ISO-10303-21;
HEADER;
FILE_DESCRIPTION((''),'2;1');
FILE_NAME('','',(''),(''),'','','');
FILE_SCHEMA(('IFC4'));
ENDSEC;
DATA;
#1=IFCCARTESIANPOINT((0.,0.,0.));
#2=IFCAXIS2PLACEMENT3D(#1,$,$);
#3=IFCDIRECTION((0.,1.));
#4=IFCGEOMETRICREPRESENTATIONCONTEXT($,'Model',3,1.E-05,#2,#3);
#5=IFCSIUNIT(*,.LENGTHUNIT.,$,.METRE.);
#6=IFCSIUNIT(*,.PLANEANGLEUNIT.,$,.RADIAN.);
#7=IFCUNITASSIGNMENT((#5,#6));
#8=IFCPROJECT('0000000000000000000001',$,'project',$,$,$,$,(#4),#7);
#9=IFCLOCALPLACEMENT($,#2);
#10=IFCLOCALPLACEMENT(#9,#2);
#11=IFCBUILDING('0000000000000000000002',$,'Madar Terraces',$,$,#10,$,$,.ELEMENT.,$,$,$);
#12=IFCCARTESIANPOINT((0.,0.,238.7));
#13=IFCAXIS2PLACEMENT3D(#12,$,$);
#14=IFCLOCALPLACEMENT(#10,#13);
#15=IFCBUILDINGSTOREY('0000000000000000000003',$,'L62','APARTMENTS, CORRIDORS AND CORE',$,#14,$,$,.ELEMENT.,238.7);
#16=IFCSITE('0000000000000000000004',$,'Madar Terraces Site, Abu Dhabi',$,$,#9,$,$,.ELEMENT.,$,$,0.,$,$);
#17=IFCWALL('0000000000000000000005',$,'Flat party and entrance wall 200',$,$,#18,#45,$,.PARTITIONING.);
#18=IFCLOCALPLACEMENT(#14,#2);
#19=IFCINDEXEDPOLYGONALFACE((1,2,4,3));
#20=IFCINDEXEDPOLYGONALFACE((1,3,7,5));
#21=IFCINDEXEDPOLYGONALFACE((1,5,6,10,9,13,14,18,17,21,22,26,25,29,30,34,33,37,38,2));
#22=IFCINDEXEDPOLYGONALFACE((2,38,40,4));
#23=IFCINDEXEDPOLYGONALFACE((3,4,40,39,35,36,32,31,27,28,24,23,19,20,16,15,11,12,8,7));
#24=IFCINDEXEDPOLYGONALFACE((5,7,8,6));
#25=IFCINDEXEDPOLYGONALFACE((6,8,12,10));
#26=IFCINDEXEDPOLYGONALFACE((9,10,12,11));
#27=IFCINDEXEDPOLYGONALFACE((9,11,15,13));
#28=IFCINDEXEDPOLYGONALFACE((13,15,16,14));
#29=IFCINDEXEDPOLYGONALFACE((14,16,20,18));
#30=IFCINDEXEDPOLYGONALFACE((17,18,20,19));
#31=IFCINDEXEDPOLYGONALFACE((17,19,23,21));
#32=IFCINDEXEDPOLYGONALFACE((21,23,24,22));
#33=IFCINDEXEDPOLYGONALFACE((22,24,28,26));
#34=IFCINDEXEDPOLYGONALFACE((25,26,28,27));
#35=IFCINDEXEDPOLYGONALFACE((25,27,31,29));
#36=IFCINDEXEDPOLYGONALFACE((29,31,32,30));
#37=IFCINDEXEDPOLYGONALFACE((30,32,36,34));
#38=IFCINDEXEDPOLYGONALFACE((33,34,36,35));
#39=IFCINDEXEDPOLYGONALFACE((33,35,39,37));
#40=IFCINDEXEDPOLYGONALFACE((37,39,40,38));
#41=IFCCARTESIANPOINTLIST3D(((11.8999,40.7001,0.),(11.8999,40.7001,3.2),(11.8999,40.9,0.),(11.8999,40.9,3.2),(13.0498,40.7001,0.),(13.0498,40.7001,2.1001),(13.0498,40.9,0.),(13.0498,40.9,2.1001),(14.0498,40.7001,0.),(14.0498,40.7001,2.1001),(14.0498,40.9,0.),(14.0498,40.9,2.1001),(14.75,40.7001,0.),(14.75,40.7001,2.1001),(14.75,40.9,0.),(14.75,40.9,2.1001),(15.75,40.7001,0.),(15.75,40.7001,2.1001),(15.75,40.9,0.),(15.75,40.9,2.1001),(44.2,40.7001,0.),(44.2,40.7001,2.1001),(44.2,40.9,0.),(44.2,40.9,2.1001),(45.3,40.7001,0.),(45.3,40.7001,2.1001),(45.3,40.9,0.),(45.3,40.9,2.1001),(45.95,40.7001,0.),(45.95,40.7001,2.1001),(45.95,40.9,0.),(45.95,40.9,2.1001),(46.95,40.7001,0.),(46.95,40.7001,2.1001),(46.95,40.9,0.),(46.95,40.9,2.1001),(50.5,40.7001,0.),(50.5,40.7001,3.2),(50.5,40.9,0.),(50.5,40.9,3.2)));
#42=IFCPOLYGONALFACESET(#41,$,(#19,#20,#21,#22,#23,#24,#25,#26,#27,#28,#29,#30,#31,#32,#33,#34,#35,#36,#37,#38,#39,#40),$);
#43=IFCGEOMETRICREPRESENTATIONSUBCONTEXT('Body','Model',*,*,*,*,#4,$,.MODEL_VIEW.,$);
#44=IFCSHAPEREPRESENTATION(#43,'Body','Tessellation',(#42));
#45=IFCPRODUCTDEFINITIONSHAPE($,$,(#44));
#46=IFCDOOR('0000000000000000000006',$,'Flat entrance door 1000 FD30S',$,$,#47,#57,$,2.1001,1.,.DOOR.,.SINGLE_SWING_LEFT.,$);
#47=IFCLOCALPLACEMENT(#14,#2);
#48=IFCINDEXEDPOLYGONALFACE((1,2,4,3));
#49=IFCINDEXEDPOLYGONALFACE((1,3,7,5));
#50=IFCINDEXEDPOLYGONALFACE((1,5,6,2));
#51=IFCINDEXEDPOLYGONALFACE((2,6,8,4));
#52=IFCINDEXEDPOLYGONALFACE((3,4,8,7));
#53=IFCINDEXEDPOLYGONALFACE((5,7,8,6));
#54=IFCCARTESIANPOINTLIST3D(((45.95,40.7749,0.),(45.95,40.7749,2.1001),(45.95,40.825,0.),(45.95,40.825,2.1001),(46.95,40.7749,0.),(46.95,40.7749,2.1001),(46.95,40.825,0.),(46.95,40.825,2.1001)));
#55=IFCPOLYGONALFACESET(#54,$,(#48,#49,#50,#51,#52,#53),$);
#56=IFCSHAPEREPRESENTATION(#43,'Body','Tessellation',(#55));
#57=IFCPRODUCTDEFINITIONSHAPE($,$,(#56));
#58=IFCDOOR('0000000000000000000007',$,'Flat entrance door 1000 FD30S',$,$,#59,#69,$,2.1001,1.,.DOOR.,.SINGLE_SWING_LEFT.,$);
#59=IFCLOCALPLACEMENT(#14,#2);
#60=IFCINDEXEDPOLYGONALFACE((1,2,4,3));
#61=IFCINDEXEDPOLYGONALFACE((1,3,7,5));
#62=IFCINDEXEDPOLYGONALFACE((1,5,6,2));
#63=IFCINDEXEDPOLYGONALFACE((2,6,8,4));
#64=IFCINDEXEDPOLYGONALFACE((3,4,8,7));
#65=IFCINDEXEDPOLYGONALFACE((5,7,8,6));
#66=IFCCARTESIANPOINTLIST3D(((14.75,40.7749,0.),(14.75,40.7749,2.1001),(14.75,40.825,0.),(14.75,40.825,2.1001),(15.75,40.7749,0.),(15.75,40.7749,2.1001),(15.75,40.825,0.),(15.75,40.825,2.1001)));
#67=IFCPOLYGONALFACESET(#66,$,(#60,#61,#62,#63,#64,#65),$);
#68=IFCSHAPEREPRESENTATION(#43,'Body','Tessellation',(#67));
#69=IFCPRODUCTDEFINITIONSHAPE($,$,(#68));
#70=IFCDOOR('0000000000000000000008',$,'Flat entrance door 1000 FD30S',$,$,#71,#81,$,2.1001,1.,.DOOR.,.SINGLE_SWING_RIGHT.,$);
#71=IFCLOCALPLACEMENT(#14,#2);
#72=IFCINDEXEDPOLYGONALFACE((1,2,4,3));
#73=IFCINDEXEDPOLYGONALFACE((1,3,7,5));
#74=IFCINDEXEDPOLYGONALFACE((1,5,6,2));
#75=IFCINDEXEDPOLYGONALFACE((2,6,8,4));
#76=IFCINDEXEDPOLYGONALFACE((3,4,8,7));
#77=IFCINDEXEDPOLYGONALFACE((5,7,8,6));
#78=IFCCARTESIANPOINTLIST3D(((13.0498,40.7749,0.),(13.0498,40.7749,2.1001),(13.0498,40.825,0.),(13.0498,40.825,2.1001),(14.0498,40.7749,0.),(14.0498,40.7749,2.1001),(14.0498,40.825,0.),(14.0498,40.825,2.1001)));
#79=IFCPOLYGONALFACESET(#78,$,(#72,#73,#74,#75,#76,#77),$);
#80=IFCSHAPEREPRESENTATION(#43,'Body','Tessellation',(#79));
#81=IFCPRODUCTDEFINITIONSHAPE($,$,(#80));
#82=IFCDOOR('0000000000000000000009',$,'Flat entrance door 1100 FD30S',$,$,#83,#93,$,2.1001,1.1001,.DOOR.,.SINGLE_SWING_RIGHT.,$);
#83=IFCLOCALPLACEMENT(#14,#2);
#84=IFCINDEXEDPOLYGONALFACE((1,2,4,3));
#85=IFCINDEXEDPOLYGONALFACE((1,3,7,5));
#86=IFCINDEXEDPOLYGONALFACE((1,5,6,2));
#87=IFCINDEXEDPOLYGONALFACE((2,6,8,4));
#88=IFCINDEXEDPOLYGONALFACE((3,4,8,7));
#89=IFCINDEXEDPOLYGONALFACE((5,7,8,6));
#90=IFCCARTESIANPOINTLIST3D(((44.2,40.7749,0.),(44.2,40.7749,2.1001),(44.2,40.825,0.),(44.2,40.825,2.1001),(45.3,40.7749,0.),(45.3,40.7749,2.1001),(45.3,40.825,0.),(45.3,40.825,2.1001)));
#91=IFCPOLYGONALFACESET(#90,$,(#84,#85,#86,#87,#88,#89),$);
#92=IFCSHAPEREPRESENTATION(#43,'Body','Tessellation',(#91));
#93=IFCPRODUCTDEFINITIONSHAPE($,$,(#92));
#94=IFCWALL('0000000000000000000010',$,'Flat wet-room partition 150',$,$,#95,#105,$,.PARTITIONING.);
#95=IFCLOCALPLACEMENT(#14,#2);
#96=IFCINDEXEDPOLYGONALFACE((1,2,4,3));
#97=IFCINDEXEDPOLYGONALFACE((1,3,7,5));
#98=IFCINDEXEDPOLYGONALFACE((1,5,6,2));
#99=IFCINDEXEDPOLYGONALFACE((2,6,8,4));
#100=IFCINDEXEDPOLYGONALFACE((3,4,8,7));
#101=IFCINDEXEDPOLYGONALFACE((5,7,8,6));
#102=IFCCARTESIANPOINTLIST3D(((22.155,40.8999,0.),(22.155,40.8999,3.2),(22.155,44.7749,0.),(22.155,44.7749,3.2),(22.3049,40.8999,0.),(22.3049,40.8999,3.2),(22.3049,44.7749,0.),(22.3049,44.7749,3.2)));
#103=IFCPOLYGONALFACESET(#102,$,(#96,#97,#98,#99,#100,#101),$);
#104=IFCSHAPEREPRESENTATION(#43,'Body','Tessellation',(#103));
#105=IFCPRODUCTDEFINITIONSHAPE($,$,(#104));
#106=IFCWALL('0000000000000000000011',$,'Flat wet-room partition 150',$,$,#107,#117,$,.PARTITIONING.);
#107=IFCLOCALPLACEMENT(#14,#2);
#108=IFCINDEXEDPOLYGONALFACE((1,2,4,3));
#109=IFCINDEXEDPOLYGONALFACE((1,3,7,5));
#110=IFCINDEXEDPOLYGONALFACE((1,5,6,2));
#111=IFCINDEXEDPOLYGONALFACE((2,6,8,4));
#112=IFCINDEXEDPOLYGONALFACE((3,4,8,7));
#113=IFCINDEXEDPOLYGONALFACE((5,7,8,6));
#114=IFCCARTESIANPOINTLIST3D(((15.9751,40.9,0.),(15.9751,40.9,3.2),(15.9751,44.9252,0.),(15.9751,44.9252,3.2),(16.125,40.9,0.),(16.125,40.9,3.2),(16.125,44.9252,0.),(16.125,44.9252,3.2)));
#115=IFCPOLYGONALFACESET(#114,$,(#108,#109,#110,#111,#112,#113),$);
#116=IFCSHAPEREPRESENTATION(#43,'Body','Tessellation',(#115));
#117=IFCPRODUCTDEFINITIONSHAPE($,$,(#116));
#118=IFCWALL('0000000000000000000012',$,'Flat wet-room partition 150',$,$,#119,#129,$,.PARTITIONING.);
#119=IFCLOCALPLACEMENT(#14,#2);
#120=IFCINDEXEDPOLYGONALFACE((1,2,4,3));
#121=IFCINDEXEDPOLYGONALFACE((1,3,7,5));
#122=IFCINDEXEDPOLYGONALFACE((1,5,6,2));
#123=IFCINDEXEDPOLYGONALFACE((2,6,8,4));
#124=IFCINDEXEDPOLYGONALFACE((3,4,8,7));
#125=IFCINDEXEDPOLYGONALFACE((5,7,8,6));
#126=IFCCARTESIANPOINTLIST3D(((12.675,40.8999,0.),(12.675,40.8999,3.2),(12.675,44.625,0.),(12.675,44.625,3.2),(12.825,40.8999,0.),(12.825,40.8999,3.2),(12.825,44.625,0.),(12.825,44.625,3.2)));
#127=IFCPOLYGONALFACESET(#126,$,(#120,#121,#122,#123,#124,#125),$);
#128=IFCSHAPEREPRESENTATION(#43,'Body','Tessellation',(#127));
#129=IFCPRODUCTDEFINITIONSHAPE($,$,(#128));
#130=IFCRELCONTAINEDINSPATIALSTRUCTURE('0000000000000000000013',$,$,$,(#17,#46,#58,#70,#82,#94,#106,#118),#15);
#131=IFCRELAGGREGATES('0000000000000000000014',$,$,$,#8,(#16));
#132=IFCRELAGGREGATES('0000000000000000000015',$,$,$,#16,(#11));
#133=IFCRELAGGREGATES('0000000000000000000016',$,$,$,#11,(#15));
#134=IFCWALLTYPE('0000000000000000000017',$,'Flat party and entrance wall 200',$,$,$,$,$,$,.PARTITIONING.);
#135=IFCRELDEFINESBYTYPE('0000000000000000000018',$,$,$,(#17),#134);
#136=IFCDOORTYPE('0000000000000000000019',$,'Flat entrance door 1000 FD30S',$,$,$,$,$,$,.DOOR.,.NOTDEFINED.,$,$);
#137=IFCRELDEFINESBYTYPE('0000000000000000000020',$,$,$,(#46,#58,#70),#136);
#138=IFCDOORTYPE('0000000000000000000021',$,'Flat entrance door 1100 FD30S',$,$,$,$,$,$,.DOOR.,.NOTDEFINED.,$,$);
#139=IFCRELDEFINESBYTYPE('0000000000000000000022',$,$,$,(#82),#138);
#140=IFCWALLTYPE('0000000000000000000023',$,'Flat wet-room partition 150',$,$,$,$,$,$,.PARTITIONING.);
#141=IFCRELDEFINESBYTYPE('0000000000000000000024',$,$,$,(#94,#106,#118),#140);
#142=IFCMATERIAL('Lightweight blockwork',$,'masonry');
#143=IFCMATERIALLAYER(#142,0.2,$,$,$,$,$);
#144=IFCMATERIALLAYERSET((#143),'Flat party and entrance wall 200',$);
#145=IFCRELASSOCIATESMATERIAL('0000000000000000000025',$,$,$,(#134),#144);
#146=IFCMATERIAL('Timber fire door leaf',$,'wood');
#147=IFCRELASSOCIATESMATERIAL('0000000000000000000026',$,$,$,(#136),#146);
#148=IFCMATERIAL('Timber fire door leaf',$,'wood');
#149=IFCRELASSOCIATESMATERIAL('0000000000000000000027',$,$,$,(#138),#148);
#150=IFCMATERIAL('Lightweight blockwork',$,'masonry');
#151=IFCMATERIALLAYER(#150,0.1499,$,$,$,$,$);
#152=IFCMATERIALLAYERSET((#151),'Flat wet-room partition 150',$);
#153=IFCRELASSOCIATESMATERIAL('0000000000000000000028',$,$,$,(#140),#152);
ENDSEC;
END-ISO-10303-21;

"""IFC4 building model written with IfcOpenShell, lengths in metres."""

from ifc_helpers import new_model, si_unit, direction, frame, frame_2d, origin, place, context, subcontext, project, spatial, rectangle, extrude, material, layer, layer_set, type_object, element, fill, save


model = new_model("IFC4")

# Units and contexts
model_context = context("Model", 3, precision=1e-05, world=origin(), true_north=direction((0.0, 1.0)))
body_context = subcontext(model_context, "Body", "Model", "MODEL_VIEW")
ifc_project = project(units=[si_unit("LENGTHUNIT", "METRE"), si_unit("PLANEANGLEUNIT", "RADIAN")], contexts=[model_context])

# Site, building, storey
site_placement = place(None, origin())
site = spatial("IfcSite", under=ifc_project, at=site_placement, Name="Madar Terraces Site, Abu Dhabi", CompositionType="ELEMENT", RefElevation=0.0)
building_placement = place(site_placement, origin())
building = spatial("IfcBuilding", under=site, at=building_placement, Name="Madar Terraces", CompositionType="ELEMENT")
storey_placement = place(building_placement, frame((0.0, 0.0, 238.7)))
storey = spatial("IfcBuildingStorey", under=building, at=storey_placement, Name="L62", Description="APARTMENTS, CORRIDORS AND CORE", CompositionType="ELEMENT", Elevation=238.7)

# Wall, openings, doors
ifc_material_1 = material(Name="Lightweight blockwork", Category="masonry")
ifc_layer_1 = layer(ifc_material_1, 0.2)
ifc_layer_set_1 = layer_set([ifc_layer_1], Name="Flat party and entrance wall 200")
wall_type_1 = type_object("IfcWallType", Name="Flat party and entrance wall 200", PredefinedType="PARTITIONING", material=ifc_layer_set_1)
wall_1_placement = place(storey_placement, frame((11.8999, 40.8, 0.0), z_axis=(0.0, 0.0, 1.0), x_axis=(1.0, 0.0, 0.0)))
wall_1 = element("IfcWall", 1, at=wall_1_placement, inside=storey, type_object=wall_type_1, Name="Flat party and entrance wall 200", PredefinedType="PARTITIONING", context=body_context, shape_type="SweptSolid", body=[
    extrude(rectangle(XDim=38.6001, YDim=0.2, at=frame_2d((19.3, 0.0))), origin(), (0.0, 0.0, 1.0), 3.2),
])
opening_1_placement = place(wall_1_placement, frame((34.05, 0.0, 0.0)))
opening_1 = element("IfcOpeningElement", 2, at=opening_1_placement, cuts=wall_1, PredefinedType="OPENING", context=body_context, shape_type="SweptSolid", body=[
    extrude(rectangle(XDim=1.0, YDim=2.1001, at=frame_2d((0.5, 1.05))), frame((0.0, 0.1099, 0.0), z_axis=(0.0, -1.0, 0.0), x_axis=(1.0, 0.0, 0.0)), (0.0, 0.0, 1.0), 0.22),
])
opening_2_placement = place(wall_1_placement, frame((32.3, 0.0, 0.0)))
opening_2 = element("IfcOpeningElement", 3, at=opening_2_placement, cuts=wall_1, PredefinedType="OPENING", context=body_context, shape_type="SweptSolid", body=[
    extrude(rectangle(XDim=1.1001, YDim=2.1001, at=frame_2d((0.55, 1.05))), frame((0.0, 0.1099, 0.0), z_axis=(0.0, -1.0, 0.0), x_axis=(1.0, 0.0, 0.0)), (0.0, 0.0, 1.0), 0.22),
])
opening_3_placement = place(wall_1_placement, frame((2.8501, 0.0, 0.0)))
opening_3 = element("IfcOpeningElement", 4, at=opening_3_placement, cuts=wall_1, PredefinedType="OPENING", context=body_context, shape_type="SweptSolid", body=[
    extrude(rectangle(XDim=1.0, YDim=2.1001, at=frame_2d((0.5, 1.05))), frame((0.0, 0.1099, 0.0), z_axis=(0.0, -1.0, 0.0), x_axis=(1.0, 0.0, 0.0)), (0.0, 0.0, 1.0), 0.22),
])
opening_4_placement = place(wall_1_placement, frame((1.1499, 0.0, 0.0)))
opening_4 = element("IfcOpeningElement", 5, at=opening_4_placement, cuts=wall_1, PredefinedType="OPENING", context=body_context, shape_type="SweptSolid", body=[
    extrude(rectangle(XDim=1.0, YDim=2.1001, at=frame_2d((0.5, 1.05))), frame((0.0, 0.1099, 0.0), z_axis=(0.0, -1.0, 0.0), x_axis=(1.0, 0.0, 0.0)), (0.0, 0.0, 1.0), 0.22),
])
ifc_material_2 = material(Name="Timber fire door leaf", Category="wood")
door_type_1 = type_object("IfcDoorType", Name="Flat entrance door 1000 FD30S", OperationType="NOTDEFINED", PredefinedType="DOOR", material=ifc_material_2)
door_1_placement = place(opening_1_placement, origin())
door_1 = element("IfcDoor", 6, at=door_1_placement, inside=storey, type_object=door_type_1, Name="Flat entrance door 1000 FD30S", OperationType="SINGLE_SWING_LEFT", OverallHeight=2.1001, OverallWidth=1.0, PredefinedType="DOOR", context=body_context, shape_type="SweptSolid", body=[
    extrude(rectangle(XDim=1.0, YDim=2.1001, at=frame_2d((0.5, 1.05))), frame((0.0, 0.0249, 0.0), z_axis=(0.0, -1.0, 0.0), x_axis=(1.0, 0.0, 0.0)), (0.0, 0.0, 1.0), 0.05),
])
fill(opening_1, door_1)
door_2_placement = place(opening_3_placement, origin())
door_2 = element("IfcDoor", 7, at=door_2_placement, inside=storey, type_object=door_type_1, Name="Flat entrance door 1000 FD30S", OperationType="SINGLE_SWING_LEFT", OverallHeight=2.1001, OverallWidth=1.0, PredefinedType="DOOR", context=body_context, shape_type="SweptSolid", body=[
    extrude(rectangle(XDim=1.0, YDim=2.1001, at=frame_2d((0.5, 1.05))), frame((0.0, 0.0249, 0.0), z_axis=(0.0, -1.0, 0.0), x_axis=(1.0, 0.0, 0.0)), (0.0, 0.0, 1.0), 0.05),
])
fill(opening_3, door_2)
door_3_placement = place(opening_4_placement, origin())
door_3 = element("IfcDoor", 8, at=door_3_placement, inside=storey, type_object=door_type_1, Name="Flat entrance door 1000 FD30S", OperationType="SINGLE_SWING_RIGHT", OverallHeight=2.1001, OverallWidth=1.0, PredefinedType="DOOR", context=body_context, shape_type="SweptSolid", body=[
    extrude(rectangle(XDim=1.0, YDim=2.1001, at=frame_2d((0.5, 1.05))), frame((0.0, 0.0249, 0.0), z_axis=(0.0, -1.0, 0.0), x_axis=(1.0, 0.0, 0.0)), (0.0, 0.0, 1.0), 0.05),
])
fill(opening_4, door_3)
ifc_material_3 = material(Name="Timber fire door leaf", Category="wood")
door_type_2 = type_object("IfcDoorType", Name="Flat entrance door 1100 FD30S", OperationType="NOTDEFINED", PredefinedType="DOOR", material=ifc_material_3)
door_4_placement = place(opening_2_placement, origin())
door_4 = element("IfcDoor", 9, at=door_4_placement, inside=storey, type_object=door_type_2, Name="Flat entrance door 1100 FD30S", OperationType="SINGLE_SWING_RIGHT", OverallHeight=2.1001, OverallWidth=1.1001, PredefinedType="DOOR", context=body_context, shape_type="SweptSolid", body=[
    extrude(rectangle(XDim=1.1001, YDim=2.1001, at=frame_2d((0.55, 1.05))), frame((0.0, 0.0249, 0.0), z_axis=(0.0, -1.0, 0.0), x_axis=(1.0, 0.0, 0.0)), (0.0, 0.0, 1.0), 0.05),
])
fill(opening_2, door_4)

# Walls
ifc_material_4 = material(Name="Lightweight blockwork", Category="masonry")
ifc_layer_2 = layer(ifc_material_4, 0.1499)
ifc_layer_set_2 = layer_set([ifc_layer_2], Name="Flat wet-room partition 150")
wall_type_2 = type_object("IfcWallType", Name="Flat wet-room partition 150", PredefinedType="PARTITIONING", material=ifc_layer_set_2)
wall_2_placement = place(storey_placement, frame((22.23, 40.8999, 0.0), z_axis=(0.0, 0.0, 1.0), x_axis=(0.0, 1.0, 0.0)))
element("IfcWall", 10, at=wall_2_placement, inside=storey, type_object=wall_type_2, Name="Flat wet-room partition 150", PredefinedType="PARTITIONING", context=body_context, shape_type="SweptSolid", body=[
    extrude(rectangle(XDim=3.875, YDim=0.1499, at=frame_2d((1.9375, 0.0))), origin(), (0.0, 0.0, 1.0), 3.2),
])
wall_3_placement = place(storey_placement, frame((16.05, 40.8999, 0.0), z_axis=(0.0, 0.0, 1.0), x_axis=(0.0, 1.0, 0.0)))
element("IfcWall", 11, at=wall_3_placement, inside=storey, type_object=wall_type_2, Name="Flat wet-room partition 150", PredefinedType="PARTITIONING", context=body_context, shape_type="SweptSolid", body=[
    extrude(rectangle(XDim=4.0251, YDim=0.1499, at=frame_2d((2.0127, 0.0))), origin(), (0.0, 0.0, 1.0), 3.2),
])
wall_4_placement = place(storey_placement, frame((12.75, 40.8999, 0.0), z_axis=(0.0, 0.0, 1.0), x_axis=(0.0, 1.0, 0.0)))
element("IfcWall", 12, at=wall_4_placement, inside=storey, type_object=wall_type_2, Name="Flat wet-room partition 150", PredefinedType="PARTITIONING", context=body_context, shape_type="SweptSolid", body=[
    extrude(rectangle(XDim=3.7251, YDim=0.1499, at=frame_2d((1.8625, 0.0))), origin(), (0.0, 0.0, 1.0), 3.2),
])

save(model, "model.ifc")
